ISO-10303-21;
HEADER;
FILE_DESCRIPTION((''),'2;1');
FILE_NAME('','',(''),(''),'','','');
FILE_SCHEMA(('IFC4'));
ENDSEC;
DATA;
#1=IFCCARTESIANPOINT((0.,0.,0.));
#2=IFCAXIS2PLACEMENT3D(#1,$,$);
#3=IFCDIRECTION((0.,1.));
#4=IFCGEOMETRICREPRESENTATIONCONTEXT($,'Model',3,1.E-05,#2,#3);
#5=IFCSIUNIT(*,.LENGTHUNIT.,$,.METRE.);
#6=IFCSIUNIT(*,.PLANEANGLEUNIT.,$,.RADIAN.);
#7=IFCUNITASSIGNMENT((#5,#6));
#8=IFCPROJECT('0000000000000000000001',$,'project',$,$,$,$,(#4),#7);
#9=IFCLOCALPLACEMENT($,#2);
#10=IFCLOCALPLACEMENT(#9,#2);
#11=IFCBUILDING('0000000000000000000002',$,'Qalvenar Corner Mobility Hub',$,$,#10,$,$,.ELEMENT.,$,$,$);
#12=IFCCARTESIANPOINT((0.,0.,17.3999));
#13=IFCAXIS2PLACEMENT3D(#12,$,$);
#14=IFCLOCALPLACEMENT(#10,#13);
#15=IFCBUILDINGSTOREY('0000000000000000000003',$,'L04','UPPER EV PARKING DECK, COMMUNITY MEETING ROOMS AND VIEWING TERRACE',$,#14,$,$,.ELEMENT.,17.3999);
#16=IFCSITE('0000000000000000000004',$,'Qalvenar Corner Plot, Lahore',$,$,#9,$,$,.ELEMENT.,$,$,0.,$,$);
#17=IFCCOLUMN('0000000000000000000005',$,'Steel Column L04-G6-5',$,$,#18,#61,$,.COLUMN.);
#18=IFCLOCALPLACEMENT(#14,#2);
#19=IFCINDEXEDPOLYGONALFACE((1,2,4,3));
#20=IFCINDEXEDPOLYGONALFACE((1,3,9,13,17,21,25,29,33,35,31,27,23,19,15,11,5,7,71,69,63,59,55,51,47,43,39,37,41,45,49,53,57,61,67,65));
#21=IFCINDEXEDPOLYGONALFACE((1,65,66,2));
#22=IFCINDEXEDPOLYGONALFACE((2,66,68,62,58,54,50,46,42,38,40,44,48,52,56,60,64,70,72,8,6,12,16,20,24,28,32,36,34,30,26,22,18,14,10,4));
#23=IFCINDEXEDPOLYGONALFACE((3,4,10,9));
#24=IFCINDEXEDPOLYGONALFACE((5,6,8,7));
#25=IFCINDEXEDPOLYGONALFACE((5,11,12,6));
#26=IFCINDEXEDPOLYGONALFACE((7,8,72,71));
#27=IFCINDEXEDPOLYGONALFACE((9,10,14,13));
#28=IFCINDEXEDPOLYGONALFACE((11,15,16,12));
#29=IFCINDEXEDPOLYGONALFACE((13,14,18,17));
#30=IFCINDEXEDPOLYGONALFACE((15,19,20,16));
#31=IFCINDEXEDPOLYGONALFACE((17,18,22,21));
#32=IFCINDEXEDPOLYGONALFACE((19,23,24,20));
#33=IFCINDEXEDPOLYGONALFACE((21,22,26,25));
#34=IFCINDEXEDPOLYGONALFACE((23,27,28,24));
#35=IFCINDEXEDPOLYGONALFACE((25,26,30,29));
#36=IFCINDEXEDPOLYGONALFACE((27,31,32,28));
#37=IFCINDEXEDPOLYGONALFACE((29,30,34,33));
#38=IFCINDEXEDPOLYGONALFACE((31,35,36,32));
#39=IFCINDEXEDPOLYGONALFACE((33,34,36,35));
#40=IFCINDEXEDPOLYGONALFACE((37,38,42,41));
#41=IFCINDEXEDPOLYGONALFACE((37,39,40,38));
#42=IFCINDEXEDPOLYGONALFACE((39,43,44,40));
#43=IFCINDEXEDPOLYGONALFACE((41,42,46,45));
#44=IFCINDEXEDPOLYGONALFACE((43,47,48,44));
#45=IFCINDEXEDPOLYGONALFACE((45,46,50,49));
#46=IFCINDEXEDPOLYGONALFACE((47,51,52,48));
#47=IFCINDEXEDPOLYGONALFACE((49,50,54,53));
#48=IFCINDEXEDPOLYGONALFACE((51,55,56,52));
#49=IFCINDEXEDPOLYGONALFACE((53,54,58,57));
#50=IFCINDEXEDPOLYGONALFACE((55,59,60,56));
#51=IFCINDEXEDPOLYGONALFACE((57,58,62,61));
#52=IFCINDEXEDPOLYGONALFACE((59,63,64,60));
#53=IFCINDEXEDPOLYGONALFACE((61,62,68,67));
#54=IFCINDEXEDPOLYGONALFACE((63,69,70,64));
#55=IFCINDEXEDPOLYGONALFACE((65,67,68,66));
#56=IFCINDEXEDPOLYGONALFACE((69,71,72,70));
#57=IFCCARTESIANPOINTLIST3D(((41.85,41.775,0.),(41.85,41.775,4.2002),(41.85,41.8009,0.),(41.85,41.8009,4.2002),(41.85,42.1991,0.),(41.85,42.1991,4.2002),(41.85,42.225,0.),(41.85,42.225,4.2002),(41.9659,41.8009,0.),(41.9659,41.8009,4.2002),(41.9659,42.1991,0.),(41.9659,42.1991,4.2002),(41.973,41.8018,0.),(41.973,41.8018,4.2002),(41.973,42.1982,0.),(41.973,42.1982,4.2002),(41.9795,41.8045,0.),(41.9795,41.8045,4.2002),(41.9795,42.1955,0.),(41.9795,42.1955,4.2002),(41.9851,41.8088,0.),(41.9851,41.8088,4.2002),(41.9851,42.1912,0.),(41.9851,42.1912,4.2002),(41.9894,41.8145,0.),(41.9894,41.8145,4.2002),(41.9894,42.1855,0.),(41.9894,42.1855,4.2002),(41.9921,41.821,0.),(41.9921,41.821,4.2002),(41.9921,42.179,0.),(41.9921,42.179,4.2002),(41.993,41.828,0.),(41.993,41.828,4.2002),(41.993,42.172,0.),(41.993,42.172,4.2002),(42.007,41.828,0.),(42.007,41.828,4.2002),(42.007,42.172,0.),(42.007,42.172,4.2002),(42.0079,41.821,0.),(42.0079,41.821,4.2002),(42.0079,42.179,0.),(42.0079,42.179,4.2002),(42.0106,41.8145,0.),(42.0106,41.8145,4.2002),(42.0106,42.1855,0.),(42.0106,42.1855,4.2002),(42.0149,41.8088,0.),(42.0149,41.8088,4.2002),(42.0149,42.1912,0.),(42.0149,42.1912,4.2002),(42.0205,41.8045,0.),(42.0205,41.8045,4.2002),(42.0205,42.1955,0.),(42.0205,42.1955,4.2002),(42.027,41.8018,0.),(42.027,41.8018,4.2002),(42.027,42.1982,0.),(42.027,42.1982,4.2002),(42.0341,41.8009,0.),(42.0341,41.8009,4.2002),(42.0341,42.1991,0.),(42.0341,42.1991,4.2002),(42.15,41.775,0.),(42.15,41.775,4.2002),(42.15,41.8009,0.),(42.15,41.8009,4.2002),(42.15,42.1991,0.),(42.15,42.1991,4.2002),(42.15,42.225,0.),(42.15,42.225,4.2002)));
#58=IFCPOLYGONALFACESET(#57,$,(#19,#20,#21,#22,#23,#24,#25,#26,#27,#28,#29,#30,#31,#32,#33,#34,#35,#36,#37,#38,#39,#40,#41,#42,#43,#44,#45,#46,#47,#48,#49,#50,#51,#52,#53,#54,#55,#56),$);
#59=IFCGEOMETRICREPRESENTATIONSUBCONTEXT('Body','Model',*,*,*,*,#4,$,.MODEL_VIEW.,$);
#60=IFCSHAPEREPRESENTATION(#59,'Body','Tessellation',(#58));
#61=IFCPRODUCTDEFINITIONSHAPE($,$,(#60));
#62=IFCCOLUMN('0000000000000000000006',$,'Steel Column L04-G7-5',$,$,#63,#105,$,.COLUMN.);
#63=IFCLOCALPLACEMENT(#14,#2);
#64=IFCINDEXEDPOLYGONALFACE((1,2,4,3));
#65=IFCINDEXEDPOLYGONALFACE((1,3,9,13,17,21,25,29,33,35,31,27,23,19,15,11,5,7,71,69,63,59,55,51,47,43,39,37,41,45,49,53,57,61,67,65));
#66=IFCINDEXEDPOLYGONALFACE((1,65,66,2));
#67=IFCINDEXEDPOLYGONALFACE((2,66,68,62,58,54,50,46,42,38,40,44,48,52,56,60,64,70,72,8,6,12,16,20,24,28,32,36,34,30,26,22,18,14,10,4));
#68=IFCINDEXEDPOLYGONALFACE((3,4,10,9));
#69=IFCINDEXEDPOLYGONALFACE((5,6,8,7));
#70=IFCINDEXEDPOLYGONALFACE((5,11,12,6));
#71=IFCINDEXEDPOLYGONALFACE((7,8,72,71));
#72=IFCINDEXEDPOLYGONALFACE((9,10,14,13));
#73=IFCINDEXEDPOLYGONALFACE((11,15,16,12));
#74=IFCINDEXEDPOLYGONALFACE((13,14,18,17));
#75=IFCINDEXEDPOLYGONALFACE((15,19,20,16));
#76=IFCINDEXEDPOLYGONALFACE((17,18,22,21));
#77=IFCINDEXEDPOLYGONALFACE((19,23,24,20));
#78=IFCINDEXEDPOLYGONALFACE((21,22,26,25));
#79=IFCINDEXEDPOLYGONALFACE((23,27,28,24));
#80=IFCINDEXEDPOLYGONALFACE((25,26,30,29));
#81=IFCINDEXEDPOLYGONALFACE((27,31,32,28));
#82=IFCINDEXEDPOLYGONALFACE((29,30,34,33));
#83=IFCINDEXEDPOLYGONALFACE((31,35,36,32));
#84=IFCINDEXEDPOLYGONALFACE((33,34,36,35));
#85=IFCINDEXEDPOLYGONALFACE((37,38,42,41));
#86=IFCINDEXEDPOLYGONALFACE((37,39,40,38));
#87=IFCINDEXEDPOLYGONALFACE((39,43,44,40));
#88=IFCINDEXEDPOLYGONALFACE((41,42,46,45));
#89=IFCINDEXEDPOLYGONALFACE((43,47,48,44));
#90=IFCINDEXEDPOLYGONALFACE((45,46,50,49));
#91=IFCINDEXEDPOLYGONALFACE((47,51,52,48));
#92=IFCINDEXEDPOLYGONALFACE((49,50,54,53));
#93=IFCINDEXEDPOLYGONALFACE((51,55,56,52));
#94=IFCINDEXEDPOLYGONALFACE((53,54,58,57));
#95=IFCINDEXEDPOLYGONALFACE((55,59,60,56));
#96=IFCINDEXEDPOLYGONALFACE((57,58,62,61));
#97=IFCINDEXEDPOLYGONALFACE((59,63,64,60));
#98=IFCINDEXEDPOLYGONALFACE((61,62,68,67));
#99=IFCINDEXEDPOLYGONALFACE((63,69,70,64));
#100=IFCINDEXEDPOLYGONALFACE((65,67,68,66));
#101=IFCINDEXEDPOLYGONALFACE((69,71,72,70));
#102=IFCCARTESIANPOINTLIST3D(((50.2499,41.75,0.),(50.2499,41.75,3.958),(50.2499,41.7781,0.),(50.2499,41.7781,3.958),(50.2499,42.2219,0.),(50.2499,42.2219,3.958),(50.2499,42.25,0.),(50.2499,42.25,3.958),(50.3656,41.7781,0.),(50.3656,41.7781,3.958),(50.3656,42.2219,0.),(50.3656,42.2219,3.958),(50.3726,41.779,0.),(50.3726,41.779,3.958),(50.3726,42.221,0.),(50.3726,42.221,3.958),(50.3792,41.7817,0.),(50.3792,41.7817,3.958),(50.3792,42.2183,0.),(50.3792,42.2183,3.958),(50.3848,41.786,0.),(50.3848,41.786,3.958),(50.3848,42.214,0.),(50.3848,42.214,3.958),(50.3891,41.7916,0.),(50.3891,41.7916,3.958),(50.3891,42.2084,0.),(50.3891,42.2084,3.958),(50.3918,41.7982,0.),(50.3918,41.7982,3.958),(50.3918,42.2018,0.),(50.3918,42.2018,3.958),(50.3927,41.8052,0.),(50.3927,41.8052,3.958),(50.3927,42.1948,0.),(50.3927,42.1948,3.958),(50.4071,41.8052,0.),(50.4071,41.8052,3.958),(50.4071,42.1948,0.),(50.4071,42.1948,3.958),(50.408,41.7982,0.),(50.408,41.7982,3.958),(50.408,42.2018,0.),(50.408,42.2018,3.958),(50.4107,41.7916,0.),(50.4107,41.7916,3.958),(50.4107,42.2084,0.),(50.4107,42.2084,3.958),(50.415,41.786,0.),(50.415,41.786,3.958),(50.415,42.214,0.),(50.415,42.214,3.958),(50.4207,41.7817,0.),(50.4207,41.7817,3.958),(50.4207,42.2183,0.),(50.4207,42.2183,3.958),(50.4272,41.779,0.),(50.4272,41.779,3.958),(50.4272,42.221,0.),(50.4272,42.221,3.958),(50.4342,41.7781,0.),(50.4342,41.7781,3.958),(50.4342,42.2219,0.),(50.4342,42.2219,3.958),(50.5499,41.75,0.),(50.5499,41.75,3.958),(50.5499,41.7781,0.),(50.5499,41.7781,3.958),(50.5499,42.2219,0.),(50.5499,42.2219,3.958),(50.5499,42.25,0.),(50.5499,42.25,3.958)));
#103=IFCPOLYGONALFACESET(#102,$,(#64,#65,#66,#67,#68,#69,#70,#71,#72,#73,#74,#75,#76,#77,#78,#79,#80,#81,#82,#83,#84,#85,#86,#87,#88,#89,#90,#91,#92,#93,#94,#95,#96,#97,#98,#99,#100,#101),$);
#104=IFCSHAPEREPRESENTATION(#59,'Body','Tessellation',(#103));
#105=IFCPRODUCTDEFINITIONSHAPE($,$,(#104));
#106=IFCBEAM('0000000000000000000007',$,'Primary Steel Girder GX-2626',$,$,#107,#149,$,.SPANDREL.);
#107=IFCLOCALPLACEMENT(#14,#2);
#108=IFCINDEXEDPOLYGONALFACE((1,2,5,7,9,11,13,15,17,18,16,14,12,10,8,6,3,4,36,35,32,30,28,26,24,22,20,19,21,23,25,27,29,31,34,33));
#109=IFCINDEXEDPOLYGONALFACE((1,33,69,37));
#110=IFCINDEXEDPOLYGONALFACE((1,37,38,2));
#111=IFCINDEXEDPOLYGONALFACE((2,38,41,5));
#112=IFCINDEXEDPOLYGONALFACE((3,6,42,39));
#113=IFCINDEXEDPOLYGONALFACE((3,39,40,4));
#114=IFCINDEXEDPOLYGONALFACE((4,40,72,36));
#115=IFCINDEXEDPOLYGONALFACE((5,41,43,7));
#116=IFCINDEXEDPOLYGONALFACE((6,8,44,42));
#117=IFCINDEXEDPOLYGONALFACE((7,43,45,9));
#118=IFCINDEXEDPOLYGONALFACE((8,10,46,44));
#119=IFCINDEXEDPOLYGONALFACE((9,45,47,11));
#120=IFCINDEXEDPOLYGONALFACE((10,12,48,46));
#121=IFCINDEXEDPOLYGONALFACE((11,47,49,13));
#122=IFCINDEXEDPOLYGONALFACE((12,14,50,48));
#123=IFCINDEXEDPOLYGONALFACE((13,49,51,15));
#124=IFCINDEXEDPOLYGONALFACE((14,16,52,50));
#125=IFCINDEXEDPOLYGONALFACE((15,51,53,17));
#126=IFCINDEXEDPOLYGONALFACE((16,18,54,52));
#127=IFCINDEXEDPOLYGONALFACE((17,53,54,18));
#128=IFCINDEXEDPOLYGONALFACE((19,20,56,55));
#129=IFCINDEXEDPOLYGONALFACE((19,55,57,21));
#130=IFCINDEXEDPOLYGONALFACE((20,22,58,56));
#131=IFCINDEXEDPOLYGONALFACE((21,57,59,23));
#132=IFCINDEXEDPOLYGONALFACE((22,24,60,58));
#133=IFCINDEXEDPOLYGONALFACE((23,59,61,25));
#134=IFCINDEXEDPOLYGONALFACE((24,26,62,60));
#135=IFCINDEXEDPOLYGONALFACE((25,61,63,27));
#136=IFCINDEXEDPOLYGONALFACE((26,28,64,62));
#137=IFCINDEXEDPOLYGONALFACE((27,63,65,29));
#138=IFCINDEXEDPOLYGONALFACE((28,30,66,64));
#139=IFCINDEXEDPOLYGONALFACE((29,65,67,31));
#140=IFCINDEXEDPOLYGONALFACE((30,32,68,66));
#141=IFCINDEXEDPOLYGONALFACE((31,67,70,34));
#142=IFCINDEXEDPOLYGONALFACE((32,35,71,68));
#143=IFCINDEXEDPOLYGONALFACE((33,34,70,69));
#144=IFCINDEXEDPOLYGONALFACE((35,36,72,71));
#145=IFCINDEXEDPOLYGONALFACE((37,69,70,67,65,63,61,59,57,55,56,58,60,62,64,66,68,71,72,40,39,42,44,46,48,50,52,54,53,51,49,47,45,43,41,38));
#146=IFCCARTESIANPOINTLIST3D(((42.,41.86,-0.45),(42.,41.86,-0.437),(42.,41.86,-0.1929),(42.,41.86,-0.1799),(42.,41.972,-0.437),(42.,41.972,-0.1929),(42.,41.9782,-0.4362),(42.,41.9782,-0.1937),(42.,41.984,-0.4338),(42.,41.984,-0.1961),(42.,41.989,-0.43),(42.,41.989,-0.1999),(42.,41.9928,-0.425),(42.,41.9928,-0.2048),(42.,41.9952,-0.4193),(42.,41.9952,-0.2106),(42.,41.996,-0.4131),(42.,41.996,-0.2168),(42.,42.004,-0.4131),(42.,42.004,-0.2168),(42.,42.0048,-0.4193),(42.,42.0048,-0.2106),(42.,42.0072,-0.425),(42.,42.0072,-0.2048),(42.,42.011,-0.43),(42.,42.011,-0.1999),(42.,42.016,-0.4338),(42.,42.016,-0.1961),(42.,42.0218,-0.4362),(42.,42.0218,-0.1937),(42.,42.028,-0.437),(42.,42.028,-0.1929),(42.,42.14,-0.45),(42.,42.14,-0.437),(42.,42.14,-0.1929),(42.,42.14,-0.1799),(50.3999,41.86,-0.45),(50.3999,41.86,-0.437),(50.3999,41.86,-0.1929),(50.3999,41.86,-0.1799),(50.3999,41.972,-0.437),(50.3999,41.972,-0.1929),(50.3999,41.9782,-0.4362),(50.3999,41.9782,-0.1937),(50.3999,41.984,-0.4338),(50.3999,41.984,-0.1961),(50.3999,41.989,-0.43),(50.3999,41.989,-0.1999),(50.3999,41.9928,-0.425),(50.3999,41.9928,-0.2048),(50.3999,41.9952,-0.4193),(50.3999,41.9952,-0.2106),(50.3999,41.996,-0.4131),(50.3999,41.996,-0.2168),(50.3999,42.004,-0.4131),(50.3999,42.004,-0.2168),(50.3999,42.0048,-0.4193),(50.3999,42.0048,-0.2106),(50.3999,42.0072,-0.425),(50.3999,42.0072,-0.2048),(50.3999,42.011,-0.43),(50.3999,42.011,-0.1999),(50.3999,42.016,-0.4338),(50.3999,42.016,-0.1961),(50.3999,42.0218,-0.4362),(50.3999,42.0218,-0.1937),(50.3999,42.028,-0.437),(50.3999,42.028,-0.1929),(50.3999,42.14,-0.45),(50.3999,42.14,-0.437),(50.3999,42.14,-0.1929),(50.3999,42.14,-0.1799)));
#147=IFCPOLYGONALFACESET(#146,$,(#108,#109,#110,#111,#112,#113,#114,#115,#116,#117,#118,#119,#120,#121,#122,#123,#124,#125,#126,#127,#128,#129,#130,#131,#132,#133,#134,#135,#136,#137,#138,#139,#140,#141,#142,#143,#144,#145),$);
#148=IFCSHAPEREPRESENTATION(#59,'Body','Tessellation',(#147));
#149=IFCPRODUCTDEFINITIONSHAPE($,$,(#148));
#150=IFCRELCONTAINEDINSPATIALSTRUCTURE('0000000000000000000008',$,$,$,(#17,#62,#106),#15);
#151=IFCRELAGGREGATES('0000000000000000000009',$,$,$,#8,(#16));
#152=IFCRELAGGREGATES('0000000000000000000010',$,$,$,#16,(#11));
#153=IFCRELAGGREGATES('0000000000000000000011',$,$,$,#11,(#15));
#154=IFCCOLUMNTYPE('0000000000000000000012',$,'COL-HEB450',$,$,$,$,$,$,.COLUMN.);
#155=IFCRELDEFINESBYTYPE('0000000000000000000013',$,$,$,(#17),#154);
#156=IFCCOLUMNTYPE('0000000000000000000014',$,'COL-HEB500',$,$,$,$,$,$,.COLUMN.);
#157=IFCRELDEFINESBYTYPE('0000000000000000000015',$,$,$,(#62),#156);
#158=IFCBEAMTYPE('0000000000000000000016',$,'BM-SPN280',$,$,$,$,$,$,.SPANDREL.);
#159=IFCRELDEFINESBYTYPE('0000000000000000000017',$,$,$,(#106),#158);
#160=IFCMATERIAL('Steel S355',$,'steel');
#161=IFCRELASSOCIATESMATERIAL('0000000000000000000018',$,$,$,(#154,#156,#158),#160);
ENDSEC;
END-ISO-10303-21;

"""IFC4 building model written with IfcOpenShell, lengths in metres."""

from ifc_helpers import new_model, si_unit, direction, frame, origin, origin_2d, place, context, subcontext, project, spatial, i_section, extrude, material, material_profile, profile_set, type_object, element, save


model = new_model("IFC4")

# Units and contexts
model_context = context("Model", 3, precision=1e-05, world=origin(), true_north=direction((0.0, 1.0)))
body_context = subcontext(model_context, "Body", "Model", "MODEL_VIEW")
ifc_project = project(units=[si_unit("LENGTHUNIT", "METRE"), si_unit("PLANEANGLEUNIT", "RADIAN")], contexts=[model_context])

# Site, building, storey
site_placement = place(None, origin())
site = spatial("IfcSite", under=ifc_project, at=site_placement, Name="Qalvenar Corner Plot, Lahore", CompositionType="ELEMENT", RefElevation=0.0)
building_placement = place(site_placement, origin())
building = spatial("IfcBuilding", under=site, at=building_placement, Name="Qalvenar Corner Mobility Hub", CompositionType="ELEMENT")
storey_placement = place(building_placement, frame((0.0, 0.0, 17.3999)))
storey = spatial("IfcBuildingStorey", under=building, at=storey_placement, Name="L04", Description="UPPER EV PARKING DECK, COMMUNITY MEETING ROOMS AND VIEWING TERRACE", CompositionType="ELEMENT", Elevation=17.3999)

# Columns
ifc_material_1 = material(Name="Steel S355", Category="steel")
ifc_material_profile_1 = material_profile(ifc_material_1, i_section(OverallWidth=0.3, OverallDepth=0.45, WebThickness=0.0139, FlangeThickness=0.0259, FilletRadius=0.0271, at=origin_2d()), Name="HEB450")
ifc_profile_set_1 = profile_set([ifc_material_profile_1], Name="Steel S355")
column_type_1 = type_object("IfcColumnType", Name="COL-HEB450", PredefinedType="COLUMN", material=ifc_profile_set_1)
column_1_placement = place(storey_placement, frame((42.0, 42.0, 0.0), z_axis=(0.0, 0.0, 1.0), x_axis=(1.0, 0.0, 0.0)))
element("IfcColumn", 1, at=column_1_placement, inside=storey, type_object=column_type_1, Name="Steel Column L04-G6-5", PredefinedType="COLUMN", context=body_context, shape_type="SweptSolid", body=[
    extrude(i_section(OverallWidth=0.3, OverallDepth=0.45, WebThickness=0.0139, FlangeThickness=0.0259, FilletRadius=0.0271, at=origin_2d()), origin(), (0.0, 0.0, 1.0), 4.2002),
])
ifc_material_profile_2 = material_profile(ifc_material_1, i_section(OverallWidth=0.3, OverallDepth=0.5, WebThickness=0.0144, FlangeThickness=0.0281, FilletRadius=0.0271, at=origin_2d()), Name="HEB500")
ifc_profile_set_2 = profile_set([ifc_material_profile_2], Name="Steel S355")
column_type_2 = type_object("IfcColumnType", Name="COL-HEB500", PredefinedType="COLUMN", material=ifc_profile_set_2)
column_2_placement = place(storey_placement, frame((50.3999, 42.0, 0.0), z_axis=(0.0, 0.0, 1.0), x_axis=(1.0, 0.0, 0.0)))
element("IfcColumn", 2, at=column_2_placement, inside=storey, type_object=column_type_2, Name="Steel Column L04-G7-5", PredefinedType="COLUMN", context=body_context, shape_type="SweptSolid", body=[
    extrude(i_section(OverallWidth=0.3, OverallDepth=0.5, WebThickness=0.0144, FlangeThickness=0.0281, FilletRadius=0.0271, at=origin_2d()), origin(), (0.0, 0.0, 1.0), 3.958),
])

# Beam
ifc_material_profile_3 = material_profile(ifc_material_1, i_section(OverallWidth=0.28, OverallDepth=0.27, WebThickness=0.0081, FlangeThickness=0.0129, FilletRadius=0.0239, at=origin_2d()), Name="HEA280")
ifc_profile_set_3 = profile_set([ifc_material_profile_3], Name="Steel S355")
beam_type = type_object("IfcBeamType", Name="BM-SPN280", PredefinedType="SPANDREL", material=ifc_profile_set_3)
beam_placement = place(storey_placement, frame((42.0, 42.0, -0.3149), z_axis=(1.0, 0.0, 0.0), x_axis=(0.0, 1.0, 0.0)))
element("IfcBeam", 3, at=beam_placement, inside=storey, type_object=beam_type, Name="Primary Steel Girder GX-2626", PredefinedType="SPANDREL", context=body_context, shape_type="SweptSolid", body=[
    extrude(i_section(OverallWidth=0.28, OverallDepth=0.27, WebThickness=0.0081, FlangeThickness=0.0129, FilletRadius=0.0239, at=origin_2d()), origin(), (0.0, 0.0, 1.0), 8.3999),
])

save(model, "model.ifc")
